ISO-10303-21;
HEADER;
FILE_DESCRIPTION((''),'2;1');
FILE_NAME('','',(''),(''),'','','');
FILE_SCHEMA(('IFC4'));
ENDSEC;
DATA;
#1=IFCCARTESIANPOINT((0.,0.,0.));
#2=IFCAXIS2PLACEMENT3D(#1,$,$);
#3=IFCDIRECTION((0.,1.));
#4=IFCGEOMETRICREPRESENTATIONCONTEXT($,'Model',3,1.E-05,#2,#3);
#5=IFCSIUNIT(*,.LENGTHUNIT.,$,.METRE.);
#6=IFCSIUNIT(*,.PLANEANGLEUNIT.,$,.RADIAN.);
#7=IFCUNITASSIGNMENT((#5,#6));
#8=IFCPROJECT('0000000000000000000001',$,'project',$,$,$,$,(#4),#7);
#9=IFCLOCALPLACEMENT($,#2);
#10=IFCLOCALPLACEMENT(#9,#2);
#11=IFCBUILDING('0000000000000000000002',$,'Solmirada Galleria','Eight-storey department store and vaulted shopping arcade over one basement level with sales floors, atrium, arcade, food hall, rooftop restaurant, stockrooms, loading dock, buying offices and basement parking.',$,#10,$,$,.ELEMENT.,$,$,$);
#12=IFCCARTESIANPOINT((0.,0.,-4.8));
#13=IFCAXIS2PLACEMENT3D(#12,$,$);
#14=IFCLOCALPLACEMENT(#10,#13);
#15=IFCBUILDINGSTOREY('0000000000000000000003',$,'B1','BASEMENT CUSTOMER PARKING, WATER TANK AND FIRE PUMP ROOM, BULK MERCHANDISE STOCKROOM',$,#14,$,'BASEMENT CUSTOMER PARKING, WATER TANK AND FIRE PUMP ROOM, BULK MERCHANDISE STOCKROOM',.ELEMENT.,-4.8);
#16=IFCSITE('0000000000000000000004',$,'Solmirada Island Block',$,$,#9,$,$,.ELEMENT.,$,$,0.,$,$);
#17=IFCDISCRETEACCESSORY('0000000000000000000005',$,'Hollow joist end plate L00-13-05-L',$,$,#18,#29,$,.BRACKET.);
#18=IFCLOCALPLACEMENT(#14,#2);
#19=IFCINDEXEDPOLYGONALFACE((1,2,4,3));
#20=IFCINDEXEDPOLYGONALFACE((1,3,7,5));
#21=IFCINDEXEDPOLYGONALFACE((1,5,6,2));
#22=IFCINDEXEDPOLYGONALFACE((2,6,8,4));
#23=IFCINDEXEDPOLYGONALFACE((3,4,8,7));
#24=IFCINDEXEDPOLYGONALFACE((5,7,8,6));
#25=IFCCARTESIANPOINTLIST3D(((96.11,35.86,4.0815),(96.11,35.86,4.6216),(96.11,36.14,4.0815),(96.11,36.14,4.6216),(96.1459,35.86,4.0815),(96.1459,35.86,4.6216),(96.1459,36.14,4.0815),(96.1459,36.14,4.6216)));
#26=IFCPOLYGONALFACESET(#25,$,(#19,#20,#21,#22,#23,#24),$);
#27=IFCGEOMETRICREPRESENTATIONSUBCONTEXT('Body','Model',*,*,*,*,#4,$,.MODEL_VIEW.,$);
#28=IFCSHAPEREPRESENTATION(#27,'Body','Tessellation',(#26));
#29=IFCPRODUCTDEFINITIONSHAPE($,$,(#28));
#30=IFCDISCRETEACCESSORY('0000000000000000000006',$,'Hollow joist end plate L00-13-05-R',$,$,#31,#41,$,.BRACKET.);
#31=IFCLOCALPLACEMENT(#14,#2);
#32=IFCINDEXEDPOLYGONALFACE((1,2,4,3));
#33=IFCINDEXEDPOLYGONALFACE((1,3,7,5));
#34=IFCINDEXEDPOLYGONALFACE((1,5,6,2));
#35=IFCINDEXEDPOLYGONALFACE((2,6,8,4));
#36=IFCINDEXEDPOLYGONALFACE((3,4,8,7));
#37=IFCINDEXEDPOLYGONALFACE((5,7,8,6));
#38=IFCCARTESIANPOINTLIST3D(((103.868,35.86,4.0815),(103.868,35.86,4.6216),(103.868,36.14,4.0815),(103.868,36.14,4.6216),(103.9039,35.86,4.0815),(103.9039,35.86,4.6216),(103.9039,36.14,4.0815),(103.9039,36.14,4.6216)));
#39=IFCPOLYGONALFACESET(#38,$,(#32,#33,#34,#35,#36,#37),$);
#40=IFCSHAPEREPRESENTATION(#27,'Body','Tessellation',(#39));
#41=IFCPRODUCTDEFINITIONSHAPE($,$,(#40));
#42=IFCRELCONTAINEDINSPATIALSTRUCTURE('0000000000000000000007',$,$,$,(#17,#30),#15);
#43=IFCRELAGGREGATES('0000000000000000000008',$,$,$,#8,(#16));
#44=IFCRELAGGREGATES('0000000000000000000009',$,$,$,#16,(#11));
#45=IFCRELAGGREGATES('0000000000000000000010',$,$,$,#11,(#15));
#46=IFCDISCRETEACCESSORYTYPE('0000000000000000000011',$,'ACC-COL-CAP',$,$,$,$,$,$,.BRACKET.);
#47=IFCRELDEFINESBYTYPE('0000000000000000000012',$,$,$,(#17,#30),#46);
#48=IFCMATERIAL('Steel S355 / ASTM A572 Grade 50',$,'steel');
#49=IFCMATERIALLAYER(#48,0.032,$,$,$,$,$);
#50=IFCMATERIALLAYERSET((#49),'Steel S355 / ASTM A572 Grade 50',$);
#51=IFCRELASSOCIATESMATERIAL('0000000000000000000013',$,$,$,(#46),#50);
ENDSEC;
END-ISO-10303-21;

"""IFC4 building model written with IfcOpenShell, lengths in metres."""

from ifc_helpers import new_model, si_unit, direction, frame, origin, origin_2d, place, context, subcontext, project, spatial, rectangle, extrude, material, layer, layer_set, type_object, element, save


model = new_model("IFC4")

# Units and contexts
model_context = context("Model", 3, precision=1e-05, world=origin(), true_north=direction((0.0, 1.0)))
body_context = subcontext(model_context, "Body", "Model", "MODEL_VIEW")
ifc_project = project(units=[si_unit("LENGTHUNIT", "METRE"), si_unit("PLANEANGLEUNIT", "RADIAN")], contexts=[model_context])

# Site, building, storey
site_placement = place(None, origin())
site = spatial("IfcSite", under=ifc_project, at=site_placement, Name="Solmirada Island Block", CompositionType="ELEMENT", RefElevation=0.0)
building_placement = place(site_placement, origin())
building = spatial("IfcBuilding", under=site, at=building_placement, Name="Solmirada Galleria", Description="Eight-storey department store and vaulted shopping arcade over one basement level with sales floors, atrium, arcade, food hall, rooftop restaurant, stockrooms, loading dock, buying offices and basement parking.", CompositionType="ELEMENT")
storey_placement = place(building_placement, frame((0.0, 0.0, -4.8)))
storey = spatial("IfcBuildingStorey", under=building, at=storey_placement, Name="B1", Description="BASEMENT CUSTOMER PARKING, WATER TANK AND FIRE PUMP ROOM, BULK MERCHANDISE STOCKROOM", LongName="BASEMENT CUSTOMER PARKING, WATER TANK AND FIRE PUMP ROOM, BULK MERCHANDISE STOCKROOM", CompositionType="ELEMENT", Elevation=-4.8)

# Discrete accessories
ifc_material_1 = material(Name="Steel S355 / ASTM A572 Grade 50", Category="steel")
ifc_layer = layer(ifc_material_1, 0.032)
ifc_layer_set = layer_set([ifc_layer], Name="Steel S355 / ASTM A572 Grade 50")
discrete_accessory_type_1 = type_object("IfcDiscreteAccessoryType", Name="ACC-COL-CAP", PredefinedType="BRACKET", material=ifc_layer_set)
for number, where, z_axis, x_axis, name in (
    (1, (96.1279, 36.0, 4.0815), (0.0, 0.0, 1.0), (1.0, 0.0, 0.0), "Hollow joist end plate L00-13-05-L"),
    (2, (103.886, 36.0, 4.0815), (0.0, 0.0, 1.0), (1.0, 0.0, 0.0), "Hollow joist end plate L00-13-05-R"),
):
    element("IfcDiscreteAccessory", number, at=place(storey_placement, frame(where, z_axis=z_axis, x_axis=x_axis)), inside=storey, type_object=discrete_accessory_type_1, Name=name, PredefinedType="BRACKET", context=body_context, shape_type="SweptSolid", body=[
        extrude(rectangle(XDim=0.0359, YDim=0.28, at=origin_2d()), origin(), (0.0, 0.0, 1.0), 0.54),
    ])

save(model, "model.ifc")
